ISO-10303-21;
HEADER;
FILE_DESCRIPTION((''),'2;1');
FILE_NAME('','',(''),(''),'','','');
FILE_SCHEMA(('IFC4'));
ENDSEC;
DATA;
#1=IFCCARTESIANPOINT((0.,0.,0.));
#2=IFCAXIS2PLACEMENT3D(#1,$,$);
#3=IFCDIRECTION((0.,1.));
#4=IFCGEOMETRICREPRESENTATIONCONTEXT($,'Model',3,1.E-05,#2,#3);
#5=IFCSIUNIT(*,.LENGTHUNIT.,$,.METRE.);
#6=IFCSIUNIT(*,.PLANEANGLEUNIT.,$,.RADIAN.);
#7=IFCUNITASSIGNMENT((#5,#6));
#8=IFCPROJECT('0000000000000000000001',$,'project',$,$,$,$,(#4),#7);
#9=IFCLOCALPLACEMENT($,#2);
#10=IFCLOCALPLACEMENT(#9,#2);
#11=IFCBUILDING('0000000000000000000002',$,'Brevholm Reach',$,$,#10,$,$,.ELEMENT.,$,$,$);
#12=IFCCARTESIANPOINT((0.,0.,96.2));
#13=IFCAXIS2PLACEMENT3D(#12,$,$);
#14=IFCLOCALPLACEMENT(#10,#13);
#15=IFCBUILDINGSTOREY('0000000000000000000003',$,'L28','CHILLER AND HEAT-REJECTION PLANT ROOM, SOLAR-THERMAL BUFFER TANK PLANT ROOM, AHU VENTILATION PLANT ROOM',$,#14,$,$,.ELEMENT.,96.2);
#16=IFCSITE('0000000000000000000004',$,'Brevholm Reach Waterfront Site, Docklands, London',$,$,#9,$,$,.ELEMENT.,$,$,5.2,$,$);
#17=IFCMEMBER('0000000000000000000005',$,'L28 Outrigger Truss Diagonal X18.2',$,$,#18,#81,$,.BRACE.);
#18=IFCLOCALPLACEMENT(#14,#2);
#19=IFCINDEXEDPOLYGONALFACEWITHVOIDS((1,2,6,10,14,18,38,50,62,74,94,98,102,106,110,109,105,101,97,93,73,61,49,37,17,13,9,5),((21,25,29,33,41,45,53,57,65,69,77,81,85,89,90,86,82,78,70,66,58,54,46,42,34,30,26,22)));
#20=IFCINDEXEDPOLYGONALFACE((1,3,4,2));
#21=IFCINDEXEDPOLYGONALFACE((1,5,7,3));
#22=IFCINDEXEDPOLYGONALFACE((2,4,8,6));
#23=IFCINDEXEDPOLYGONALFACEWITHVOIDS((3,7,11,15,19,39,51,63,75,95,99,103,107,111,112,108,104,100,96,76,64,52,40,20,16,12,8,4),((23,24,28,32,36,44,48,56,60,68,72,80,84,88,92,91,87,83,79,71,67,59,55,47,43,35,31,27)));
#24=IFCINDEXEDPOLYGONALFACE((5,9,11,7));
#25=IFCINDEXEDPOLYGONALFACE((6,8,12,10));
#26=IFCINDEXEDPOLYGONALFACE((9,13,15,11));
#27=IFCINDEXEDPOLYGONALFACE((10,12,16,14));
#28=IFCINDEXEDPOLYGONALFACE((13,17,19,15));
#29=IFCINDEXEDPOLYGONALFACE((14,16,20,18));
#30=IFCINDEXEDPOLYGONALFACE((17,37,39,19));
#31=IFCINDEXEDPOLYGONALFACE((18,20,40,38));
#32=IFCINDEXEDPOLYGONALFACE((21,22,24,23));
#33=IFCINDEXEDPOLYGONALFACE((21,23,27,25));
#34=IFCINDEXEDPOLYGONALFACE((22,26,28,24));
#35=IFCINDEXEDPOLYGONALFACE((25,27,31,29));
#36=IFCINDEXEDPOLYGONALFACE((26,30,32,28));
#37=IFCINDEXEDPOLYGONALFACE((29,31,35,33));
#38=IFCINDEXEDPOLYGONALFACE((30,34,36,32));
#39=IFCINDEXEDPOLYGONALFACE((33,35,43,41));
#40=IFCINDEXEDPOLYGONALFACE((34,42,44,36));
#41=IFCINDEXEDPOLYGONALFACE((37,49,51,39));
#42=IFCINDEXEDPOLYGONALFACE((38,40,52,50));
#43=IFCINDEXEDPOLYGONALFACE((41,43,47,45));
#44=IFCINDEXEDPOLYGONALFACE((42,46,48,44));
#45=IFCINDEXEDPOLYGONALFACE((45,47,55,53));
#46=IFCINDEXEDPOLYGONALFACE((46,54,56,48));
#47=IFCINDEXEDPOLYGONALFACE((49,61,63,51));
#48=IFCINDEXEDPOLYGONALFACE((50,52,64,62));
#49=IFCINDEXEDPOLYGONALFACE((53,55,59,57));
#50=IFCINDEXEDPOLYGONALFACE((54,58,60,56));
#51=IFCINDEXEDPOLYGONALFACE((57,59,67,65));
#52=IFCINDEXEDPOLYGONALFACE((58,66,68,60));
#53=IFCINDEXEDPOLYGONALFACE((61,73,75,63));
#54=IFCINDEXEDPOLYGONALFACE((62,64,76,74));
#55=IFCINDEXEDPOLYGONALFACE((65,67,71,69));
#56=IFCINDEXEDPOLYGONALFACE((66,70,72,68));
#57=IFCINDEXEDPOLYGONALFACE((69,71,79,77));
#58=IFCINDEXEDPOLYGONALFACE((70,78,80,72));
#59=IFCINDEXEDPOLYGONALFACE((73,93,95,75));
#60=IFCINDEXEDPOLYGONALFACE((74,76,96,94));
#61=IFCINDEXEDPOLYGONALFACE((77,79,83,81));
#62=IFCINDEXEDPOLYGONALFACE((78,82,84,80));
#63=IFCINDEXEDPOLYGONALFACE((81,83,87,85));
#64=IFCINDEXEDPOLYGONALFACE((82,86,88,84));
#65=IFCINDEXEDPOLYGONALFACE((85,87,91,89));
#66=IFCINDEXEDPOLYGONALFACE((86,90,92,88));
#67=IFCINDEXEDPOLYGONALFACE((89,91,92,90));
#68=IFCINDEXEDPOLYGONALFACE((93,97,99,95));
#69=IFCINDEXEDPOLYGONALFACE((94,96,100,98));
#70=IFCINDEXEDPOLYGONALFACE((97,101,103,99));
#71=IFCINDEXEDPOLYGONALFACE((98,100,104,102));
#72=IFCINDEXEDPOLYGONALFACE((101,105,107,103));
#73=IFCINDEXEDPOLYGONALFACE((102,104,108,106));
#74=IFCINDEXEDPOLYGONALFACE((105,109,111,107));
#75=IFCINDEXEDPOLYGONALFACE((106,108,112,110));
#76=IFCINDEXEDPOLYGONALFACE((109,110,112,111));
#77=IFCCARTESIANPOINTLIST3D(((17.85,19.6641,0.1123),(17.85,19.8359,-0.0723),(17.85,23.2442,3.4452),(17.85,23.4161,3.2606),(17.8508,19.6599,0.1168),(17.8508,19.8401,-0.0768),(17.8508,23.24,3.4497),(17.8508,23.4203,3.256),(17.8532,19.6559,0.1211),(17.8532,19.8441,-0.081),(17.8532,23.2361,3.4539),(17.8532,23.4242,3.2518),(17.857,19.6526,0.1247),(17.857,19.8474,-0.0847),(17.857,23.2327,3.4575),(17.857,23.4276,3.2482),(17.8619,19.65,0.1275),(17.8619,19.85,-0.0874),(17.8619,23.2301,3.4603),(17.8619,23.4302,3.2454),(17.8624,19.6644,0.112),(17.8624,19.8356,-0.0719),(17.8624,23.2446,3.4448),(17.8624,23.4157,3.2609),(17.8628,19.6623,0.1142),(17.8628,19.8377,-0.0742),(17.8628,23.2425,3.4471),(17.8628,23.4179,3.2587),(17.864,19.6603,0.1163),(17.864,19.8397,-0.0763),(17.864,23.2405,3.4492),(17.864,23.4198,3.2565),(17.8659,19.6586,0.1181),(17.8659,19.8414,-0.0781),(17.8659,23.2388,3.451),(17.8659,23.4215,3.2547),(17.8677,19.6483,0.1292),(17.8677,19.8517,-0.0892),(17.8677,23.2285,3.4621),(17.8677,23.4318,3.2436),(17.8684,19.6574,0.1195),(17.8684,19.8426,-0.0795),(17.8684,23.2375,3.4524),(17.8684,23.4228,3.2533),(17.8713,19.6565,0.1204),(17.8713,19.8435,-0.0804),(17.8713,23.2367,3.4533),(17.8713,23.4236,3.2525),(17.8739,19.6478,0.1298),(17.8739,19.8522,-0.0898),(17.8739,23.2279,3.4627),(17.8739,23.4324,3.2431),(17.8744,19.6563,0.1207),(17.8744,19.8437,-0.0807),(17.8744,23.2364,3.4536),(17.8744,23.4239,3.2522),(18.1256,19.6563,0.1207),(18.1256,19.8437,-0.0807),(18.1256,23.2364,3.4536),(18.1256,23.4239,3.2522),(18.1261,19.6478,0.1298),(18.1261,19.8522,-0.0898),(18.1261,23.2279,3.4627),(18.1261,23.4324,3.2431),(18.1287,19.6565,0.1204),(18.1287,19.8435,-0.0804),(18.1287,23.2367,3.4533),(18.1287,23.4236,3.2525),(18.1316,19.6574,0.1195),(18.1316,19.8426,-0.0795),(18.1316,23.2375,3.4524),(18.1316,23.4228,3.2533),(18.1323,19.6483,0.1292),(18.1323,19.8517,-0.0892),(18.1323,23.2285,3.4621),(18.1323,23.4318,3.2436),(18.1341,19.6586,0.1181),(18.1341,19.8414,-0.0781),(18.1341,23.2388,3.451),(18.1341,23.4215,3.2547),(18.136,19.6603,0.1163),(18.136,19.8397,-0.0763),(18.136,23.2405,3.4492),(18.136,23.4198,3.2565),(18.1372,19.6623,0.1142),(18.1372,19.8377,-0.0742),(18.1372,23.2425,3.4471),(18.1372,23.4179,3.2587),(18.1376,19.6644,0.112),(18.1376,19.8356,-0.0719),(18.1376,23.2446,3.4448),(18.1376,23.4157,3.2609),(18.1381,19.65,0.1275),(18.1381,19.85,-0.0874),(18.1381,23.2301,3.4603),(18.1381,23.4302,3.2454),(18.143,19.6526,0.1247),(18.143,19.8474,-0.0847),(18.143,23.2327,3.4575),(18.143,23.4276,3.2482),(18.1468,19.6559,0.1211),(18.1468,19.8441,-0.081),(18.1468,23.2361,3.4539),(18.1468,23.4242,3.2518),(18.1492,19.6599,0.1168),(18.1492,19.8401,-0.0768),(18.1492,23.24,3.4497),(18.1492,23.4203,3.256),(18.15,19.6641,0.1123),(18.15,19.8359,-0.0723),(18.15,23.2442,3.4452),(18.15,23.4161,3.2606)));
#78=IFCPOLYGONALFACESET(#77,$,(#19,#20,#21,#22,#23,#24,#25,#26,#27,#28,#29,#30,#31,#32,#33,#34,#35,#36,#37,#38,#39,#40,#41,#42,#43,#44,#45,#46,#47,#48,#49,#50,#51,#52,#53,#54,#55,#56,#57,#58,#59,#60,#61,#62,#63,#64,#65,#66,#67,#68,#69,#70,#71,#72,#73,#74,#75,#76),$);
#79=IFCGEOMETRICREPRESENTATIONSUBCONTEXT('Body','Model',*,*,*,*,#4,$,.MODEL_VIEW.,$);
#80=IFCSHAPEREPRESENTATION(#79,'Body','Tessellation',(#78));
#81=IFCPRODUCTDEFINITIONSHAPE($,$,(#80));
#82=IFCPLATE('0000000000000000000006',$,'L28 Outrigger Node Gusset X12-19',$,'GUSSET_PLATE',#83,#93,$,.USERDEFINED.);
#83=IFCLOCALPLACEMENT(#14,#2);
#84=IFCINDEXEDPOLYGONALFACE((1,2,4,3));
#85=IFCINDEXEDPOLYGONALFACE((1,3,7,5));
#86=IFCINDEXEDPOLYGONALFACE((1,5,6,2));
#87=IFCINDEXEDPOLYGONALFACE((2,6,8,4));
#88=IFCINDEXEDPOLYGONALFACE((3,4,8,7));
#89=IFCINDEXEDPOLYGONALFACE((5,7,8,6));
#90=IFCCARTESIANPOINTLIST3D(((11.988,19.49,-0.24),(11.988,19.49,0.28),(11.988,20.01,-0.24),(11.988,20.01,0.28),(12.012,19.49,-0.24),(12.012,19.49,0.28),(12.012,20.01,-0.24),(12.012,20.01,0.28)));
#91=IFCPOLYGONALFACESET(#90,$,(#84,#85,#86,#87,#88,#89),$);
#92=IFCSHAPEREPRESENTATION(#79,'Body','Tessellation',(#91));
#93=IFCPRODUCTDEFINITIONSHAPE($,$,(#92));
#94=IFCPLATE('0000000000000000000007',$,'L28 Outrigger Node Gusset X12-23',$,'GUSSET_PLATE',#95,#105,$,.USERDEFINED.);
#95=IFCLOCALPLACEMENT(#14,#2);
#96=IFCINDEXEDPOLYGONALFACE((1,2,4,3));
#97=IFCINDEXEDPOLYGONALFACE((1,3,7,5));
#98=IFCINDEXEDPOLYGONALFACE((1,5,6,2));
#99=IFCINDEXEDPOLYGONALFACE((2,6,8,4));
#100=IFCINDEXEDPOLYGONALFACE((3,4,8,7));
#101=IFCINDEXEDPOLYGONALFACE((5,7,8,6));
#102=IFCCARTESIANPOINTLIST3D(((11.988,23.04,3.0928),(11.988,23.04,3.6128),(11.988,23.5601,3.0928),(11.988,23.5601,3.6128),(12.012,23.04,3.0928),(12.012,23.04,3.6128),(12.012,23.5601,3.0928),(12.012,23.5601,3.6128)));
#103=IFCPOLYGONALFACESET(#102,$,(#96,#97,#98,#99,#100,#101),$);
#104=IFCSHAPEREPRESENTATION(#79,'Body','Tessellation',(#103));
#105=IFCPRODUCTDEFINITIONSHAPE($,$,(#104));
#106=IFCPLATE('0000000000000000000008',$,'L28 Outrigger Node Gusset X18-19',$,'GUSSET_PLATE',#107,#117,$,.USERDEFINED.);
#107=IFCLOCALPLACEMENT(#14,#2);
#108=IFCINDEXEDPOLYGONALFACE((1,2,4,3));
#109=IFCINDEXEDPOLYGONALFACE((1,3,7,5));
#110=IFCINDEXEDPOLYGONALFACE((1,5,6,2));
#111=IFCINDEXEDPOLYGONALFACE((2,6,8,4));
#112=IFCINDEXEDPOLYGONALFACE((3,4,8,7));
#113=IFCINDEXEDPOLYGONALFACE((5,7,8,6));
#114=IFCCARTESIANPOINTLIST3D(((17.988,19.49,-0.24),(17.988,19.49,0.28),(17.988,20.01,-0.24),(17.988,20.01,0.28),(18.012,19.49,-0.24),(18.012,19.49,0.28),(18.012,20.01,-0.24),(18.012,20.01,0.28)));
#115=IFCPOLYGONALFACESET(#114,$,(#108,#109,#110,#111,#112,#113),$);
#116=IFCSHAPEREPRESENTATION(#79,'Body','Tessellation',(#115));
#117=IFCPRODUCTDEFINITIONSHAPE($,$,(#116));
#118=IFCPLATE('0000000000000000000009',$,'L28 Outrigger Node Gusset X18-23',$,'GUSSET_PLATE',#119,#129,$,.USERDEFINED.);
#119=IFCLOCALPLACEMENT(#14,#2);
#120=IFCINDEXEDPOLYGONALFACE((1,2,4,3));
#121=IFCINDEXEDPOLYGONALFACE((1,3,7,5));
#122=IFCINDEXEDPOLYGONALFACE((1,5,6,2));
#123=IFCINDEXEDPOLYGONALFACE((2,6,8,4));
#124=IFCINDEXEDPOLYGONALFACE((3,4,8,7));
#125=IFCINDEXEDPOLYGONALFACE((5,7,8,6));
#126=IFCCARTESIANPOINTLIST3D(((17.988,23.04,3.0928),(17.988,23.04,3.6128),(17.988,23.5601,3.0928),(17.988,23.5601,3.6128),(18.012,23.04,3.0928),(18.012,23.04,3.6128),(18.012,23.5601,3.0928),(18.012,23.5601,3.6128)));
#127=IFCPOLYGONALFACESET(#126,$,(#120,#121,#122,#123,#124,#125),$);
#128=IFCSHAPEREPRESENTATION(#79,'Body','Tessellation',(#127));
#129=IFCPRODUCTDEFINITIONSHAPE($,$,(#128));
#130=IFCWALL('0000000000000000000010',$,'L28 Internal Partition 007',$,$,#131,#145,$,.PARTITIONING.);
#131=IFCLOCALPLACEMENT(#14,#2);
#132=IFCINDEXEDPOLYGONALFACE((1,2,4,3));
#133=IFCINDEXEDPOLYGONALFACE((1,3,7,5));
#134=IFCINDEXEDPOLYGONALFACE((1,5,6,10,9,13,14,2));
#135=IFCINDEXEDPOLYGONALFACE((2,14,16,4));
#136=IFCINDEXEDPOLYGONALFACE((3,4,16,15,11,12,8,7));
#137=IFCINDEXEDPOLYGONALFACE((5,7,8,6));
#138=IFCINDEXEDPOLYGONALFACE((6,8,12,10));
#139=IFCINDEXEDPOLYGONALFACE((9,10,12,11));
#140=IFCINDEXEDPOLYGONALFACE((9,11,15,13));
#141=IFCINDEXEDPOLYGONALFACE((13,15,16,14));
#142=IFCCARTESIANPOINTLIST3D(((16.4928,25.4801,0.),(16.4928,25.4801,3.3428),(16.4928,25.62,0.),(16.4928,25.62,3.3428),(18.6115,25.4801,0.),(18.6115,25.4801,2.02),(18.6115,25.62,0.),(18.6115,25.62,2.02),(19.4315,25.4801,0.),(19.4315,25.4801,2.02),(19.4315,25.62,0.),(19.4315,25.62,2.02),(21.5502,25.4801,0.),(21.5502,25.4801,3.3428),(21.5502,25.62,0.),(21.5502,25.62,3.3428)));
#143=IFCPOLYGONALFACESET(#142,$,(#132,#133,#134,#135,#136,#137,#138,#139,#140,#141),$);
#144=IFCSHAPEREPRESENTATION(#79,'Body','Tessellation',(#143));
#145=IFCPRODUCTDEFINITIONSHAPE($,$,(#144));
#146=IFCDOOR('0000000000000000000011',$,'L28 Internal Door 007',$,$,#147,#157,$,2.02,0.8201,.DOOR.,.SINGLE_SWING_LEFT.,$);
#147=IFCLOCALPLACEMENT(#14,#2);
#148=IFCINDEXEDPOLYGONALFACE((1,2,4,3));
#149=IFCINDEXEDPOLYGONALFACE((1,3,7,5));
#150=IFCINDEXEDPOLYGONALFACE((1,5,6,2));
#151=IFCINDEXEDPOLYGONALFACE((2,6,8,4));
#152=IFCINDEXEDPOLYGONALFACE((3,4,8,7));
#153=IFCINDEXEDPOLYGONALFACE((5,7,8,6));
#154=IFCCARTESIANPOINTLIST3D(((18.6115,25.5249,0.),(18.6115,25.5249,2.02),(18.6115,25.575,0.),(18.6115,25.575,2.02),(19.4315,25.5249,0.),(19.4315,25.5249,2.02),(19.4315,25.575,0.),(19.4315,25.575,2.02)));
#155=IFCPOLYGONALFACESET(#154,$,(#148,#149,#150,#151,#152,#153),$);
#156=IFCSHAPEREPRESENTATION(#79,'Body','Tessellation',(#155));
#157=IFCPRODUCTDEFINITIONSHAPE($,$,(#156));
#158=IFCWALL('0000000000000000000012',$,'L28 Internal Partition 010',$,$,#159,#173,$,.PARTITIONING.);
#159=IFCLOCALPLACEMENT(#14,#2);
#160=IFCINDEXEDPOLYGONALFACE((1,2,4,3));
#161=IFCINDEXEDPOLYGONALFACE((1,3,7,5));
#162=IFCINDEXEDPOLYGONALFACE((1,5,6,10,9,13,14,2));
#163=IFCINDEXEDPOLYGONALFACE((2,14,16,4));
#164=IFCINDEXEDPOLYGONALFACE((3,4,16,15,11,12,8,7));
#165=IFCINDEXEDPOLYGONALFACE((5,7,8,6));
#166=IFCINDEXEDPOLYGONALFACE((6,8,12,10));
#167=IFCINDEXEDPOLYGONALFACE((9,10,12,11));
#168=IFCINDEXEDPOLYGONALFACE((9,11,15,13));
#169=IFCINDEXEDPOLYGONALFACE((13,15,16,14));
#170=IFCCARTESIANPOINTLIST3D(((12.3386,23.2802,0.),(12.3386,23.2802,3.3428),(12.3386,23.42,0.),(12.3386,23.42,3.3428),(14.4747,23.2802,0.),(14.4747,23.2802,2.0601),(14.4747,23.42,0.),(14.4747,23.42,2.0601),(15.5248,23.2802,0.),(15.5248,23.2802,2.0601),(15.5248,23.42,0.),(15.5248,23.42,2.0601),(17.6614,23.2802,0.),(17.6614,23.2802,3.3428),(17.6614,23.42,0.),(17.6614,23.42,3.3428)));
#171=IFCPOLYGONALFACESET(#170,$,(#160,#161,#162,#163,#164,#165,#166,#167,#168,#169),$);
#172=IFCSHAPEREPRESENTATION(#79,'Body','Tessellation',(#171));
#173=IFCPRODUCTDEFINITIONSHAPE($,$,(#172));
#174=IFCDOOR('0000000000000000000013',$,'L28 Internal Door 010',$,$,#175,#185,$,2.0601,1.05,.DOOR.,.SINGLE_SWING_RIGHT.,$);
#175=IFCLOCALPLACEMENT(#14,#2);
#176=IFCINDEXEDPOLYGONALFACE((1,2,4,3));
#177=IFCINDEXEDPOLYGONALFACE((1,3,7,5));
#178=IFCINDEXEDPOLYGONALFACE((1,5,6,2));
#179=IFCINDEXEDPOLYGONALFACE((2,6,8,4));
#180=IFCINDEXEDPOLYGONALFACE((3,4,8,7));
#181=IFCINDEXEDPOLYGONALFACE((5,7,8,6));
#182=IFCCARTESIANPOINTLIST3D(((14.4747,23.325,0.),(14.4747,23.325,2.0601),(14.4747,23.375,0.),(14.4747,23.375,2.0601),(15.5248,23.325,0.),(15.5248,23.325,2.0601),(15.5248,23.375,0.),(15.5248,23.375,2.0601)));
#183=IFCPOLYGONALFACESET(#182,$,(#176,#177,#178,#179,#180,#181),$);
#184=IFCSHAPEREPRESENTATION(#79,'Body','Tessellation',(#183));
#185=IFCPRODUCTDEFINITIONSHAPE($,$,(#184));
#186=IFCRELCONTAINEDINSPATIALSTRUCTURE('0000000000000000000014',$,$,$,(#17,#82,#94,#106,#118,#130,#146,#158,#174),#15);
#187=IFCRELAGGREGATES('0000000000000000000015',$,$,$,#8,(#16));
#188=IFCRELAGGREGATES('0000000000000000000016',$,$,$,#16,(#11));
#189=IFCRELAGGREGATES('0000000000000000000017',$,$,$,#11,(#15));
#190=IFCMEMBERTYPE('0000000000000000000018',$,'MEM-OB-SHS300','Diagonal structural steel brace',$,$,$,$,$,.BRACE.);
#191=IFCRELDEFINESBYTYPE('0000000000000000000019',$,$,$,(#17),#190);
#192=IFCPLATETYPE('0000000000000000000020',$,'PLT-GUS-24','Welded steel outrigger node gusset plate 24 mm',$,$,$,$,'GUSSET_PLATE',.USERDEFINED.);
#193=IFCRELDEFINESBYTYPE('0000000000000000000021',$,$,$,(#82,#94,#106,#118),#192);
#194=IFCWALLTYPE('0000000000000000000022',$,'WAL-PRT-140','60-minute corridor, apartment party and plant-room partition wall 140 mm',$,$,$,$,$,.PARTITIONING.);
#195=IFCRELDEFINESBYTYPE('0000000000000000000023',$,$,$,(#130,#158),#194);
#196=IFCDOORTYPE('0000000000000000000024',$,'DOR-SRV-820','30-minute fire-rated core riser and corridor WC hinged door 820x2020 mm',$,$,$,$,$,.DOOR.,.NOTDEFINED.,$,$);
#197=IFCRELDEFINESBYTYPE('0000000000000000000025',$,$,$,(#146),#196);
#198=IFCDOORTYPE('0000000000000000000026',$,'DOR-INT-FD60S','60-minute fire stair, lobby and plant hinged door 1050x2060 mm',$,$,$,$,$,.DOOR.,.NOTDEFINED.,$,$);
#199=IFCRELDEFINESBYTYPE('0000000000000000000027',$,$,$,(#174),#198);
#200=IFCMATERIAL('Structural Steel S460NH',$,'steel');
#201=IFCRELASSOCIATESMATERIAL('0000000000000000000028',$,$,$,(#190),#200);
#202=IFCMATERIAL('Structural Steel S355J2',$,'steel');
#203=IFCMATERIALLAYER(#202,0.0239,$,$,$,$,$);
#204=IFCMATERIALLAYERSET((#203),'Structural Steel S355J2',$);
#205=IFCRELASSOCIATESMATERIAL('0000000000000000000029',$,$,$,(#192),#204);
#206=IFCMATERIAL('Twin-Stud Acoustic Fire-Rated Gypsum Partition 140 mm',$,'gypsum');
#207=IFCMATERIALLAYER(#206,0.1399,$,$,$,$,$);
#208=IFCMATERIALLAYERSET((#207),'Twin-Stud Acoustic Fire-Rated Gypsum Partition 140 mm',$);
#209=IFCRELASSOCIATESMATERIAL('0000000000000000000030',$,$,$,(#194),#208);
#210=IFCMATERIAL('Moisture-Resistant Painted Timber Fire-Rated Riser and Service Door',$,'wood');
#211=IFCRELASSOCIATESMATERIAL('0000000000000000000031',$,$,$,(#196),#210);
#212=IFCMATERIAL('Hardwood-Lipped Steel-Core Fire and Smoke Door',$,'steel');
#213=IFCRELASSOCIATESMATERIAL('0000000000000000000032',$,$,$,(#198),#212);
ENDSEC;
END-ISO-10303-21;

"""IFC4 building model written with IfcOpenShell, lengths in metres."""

from ifc_helpers import new_model, si_unit, direction, frame, frame_2d, origin, origin_2d, place, context, subcontext, project, spatial, rectangle, hollow_rectangle, extrude, material, layer, layer_set, material_profile, profile_set, type_object, element, fill, save


model = new_model("IFC4")

# Units and contexts
model_context = context("Model", 3, precision=1e-05, world=origin(), true_north=direction((0.0, 1.0)))
body_context = subcontext(model_context, "Body", "Model", "MODEL_VIEW")
ifc_project = project(units=[si_unit("LENGTHUNIT", "METRE"), si_unit("PLANEANGLEUNIT", "RADIAN")], contexts=[model_context])

# Site, building, storey
site_placement = place(None, origin())
site = spatial("IfcSite", under=ifc_project, at=site_placement, Name="Brevholm Reach Waterfront Site, Docklands, London", CompositionType="ELEMENT", RefElevation=5.2)
building_placement = place(site_placement, origin())
building = spatial("IfcBuilding", under=site, at=building_placement, Name="Brevholm Reach", CompositionType="ELEMENT")
storey_placement = place(building_placement, frame((0.0, 0.0, 96.2)))
storey = spatial("IfcBuildingStorey", under=building, at=storey_placement, Name="L28", Description="CHILLER AND HEAT-REJECTION PLANT ROOM, SOLAR-THERMAL BUFFER TANK PLANT ROOM, AHU VENTILATION PLANT ROOM", CompositionType="ELEMENT", Elevation=96.2)

# Member
ifc_material_1 = material(Name="Structural Steel S460NH", Category="steel")
ifc_material_profile_1 = material_profile(ifc_material_1, hollow_rectangle(XDim=0.3, YDim=0.3, WallThickness=0.0125, InnerFilletRadius=0.012, OuterFilletRadius=0.0239, at=origin_2d()), Name="SHS 300x300x12.5")
ifc_profile_set_1 = profile_set([ifc_material_profile_1], Name="Structural Steel S460NH")
member_type = type_object("IfcMemberType", Name="MEM-OB-SHS300", Description="Diagonal structural steel brace", PredefinedType="BRACE", material=ifc_profile_set_1)
for number, where, z_axis, x_axis, name in (
    (1, (18.0, 19.75, 0.02), (0.0, 0.731936, 0.681373), (-1.0, 0.0, 0.0), "L28 Outrigger Truss Diagonal X18.2"),
):
    element("IfcMember", number, at=place(storey_placement, frame(where, z_axis=z_axis, x_axis=x_axis)), inside=storey, type_object=member_type, Name=name, PredefinedType="BRACE", context=body_context, shape_type="SweptSolid", body=[
        extrude(hollow_rectangle(XDim=0.3, YDim=0.3, WallThickness=0.0125, InnerFilletRadius=0.012, OuterFilletRadius=0.0239, at=origin_2d()), origin(), (0.0, 0.0, 1.0), 4.8914),
    ])

# Plates
ifc_material_2 = material(Name="Structural Steel S355J2", Category="steel")
ifc_layer_1 = layer(ifc_material_2, 0.0239)
ifc_layer_set_1 = layer_set([ifc_layer_1], Name="Structural Steel S355J2")
plate_type = type_object("IfcPlateType", Name="PLT-GUS-24", Description="Welded steel outrigger node gusset plate 24 mm", ElementType="GUSSET_PLATE", PredefinedType="USERDEFINED", material=ifc_layer_set_1)
for number, where, z_axis, x_axis, name in (
    (2, (12.0, 19.75, -0.24), (0.0, 0.0, 1.0), (1.0, 0.0, 0.0), "L28 Outrigger Node Gusset X12-19"),
    (3, (12.0, 23.3, 3.0928), (0.0, 0.0, 1.0), (1.0, 0.0, 0.0), "L28 Outrigger Node Gusset X12-23"),
    (4, (18.0, 19.75, -0.24), (0.0, 0.0, 1.0), (1.0, 0.0, 0.0), "L28 Outrigger Node Gusset X18-19"),
    (5, (18.0, 23.3, 3.0928), (0.0, 0.0, 1.0), (1.0, 0.0, 0.0), "L28 Outrigger Node Gusset X18-23"),
):
    element("IfcPlate", number, at=place(storey_placement, frame(where, z_axis=z_axis, x_axis=x_axis)), inside=storey, type_object=plate_type, Name=name, ObjectType="GUSSET_PLATE", PredefinedType="USERDEFINED", context=body_context, shape_type="SweptSolid", body=[
        extrude(rectangle(XDim=0.0239, YDim=0.52, at=origin_2d()), origin(), (0.0, 0.0, 1.0), 0.52),
    ])

# Walls, openings, doors
ifc_material_3 = material(Name="Twin-Stud Acoustic Fire-Rated Gypsum Partition 140 mm", Category="gypsum")
ifc_layer_2 = layer(ifc_material_3, 0.1399)
ifc_layer_set_2 = layer_set([ifc_layer_2], Name="Twin-Stud Acoustic Fire-Rated Gypsum Partition 140 mm")
wall_type = type_object("IfcWallType", Name="WAL-PRT-140", Description="60-minute corridor, apartment party and plant-room partition wall 140 mm", PredefinedType="PARTITIONING", material=ifc_layer_set_2)
wall_1_placement = place(storey_placement, frame((16.4927, 25.55, 0.0), z_axis=(0.0, 0.0, 1.0), x_axis=(1.0, 0.0, 0.0)))
wall_1 = element("IfcWall", 6, at=wall_1_placement, inside=storey, type_object=wall_type, Name="L28 Internal Partition 007", PredefinedType="PARTITIONING", context=body_context, shape_type="SweptSolid", body=[
    extrude(rectangle(XDim=5.0574, YDim=0.1399, at=frame_2d((2.5288, 0.0))), origin(), (0.0, 0.0, 1.0), 3.3428),
])
opening_1_placement = place(wall_1_placement, frame((2.1187, 0.0, 0.0)))
opening_1 = element("IfcOpeningElement", 7, at=opening_1_placement, cuts=wall_1, PredefinedType="OPENING", context=body_context, shape_type="SweptSolid", body=[
    extrude(rectangle(XDim=0.8201, YDim=2.02, at=frame_2d((0.4102, 1.01))), frame((0.0, 0.0798, 0.0), z_axis=(0.0, -1.0, 0.0), x_axis=(1.0, 0.0, 0.0)), (0.0, 0.0, 1.0), 0.1599),
])
ifc_material_4 = material(Name="Moisture-Resistant Painted Timber Fire-Rated Riser and Service Door", Category="wood")
door_type_1 = type_object("IfcDoorType", Name="DOR-SRV-820", Description="30-minute fire-rated core riser and corridor WC hinged door 820x2020 mm", OperationType="NOTDEFINED", PredefinedType="DOOR", material=ifc_material_4)
door_1_placement = place(opening_1_placement, origin())
door_1 = element("IfcDoor", 8, at=door_1_placement, inside=storey, type_object=door_type_1, Name="L28 Internal Door 007", OperationType="SINGLE_SWING_LEFT", OverallHeight=2.02, OverallWidth=0.8201, PredefinedType="DOOR", context=body_context, shape_type="SweptSolid", body=[
    extrude(rectangle(XDim=0.8201, YDim=2.02, at=frame_2d((0.4102, 1.01))), frame((0.0, 0.0249, 0.0), z_axis=(0.0, -1.0, 0.0), x_axis=(1.0, 0.0, 0.0)), (0.0, 0.0, 1.0), 0.05),
])
fill(opening_1, door_1)
wall_2_placement = place(storey_placement, frame((12.3386, 23.3501, 0.0), z_axis=(0.0, 0.0, 1.0), x_axis=(1.0, 0.0, 0.0)))
wall_2 = element("IfcWall", 9, at=wall_2_placement, inside=storey, type_object=wall_type, Name="L28 Internal Partition 010", PredefinedType="PARTITIONING", context=body_context, shape_type="SweptSolid", body=[
    extrude(rectangle(XDim=5.3228, YDim=0.1399, at=frame_2d((2.6614, 0.0))), origin(), (0.0, 0.0, 1.0), 3.3428),
])
opening_2_placement = place(wall_2_placement, frame((2.1362, 0.0, 0.0)))
opening_2 = element("IfcOpeningElement", 10, at=opening_2_placement, cuts=wall_2, PredefinedType="OPENING", context=body_context, shape_type="SweptSolid", body=[
    extrude(rectangle(XDim=1.05, YDim=2.0601, at=frame_2d((0.5249, 1.03))), frame((0.0, 0.0798, 0.0), z_axis=(0.0, -1.0, 0.0), x_axis=(1.0, 0.0, 0.0)), (0.0, 0.0, 1.0), 0.1599),
])
ifc_material_5 = material(Name="Hardwood-Lipped Steel-Core Fire and Smoke Door", Category="steel")
door_type_2 = type_object("IfcDoorType", Name="DOR-INT-FD60S", Description="60-minute fire stair, lobby and plant hinged door 1050x2060 mm", OperationType="NOTDEFINED", PredefinedType="DOOR", material=ifc_material_5)
door_2_placement = place(opening_2_placement, origin())
door_2 = element("IfcDoor", 11, at=door_2_placement, inside=storey, type_object=door_type_2, Name="L28 Internal Door 010", OperationType="SINGLE_SWING_RIGHT", OverallHeight=2.0601, OverallWidth=1.05, PredefinedType="DOOR", context=body_context, shape_type="SweptSolid", body=[
    extrude(rectangle(XDim=1.05, YDim=2.0601, at=frame_2d((0.5249, 1.03))), frame((0.0, 0.0249, 0.0), z_axis=(0.0, -1.0, 0.0), x_axis=(1.0, 0.0, 0.0)), (0.0, 0.0, 1.0), 0.05),
])
fill(opening_2, door_2)

save(model, "model.ifc")
